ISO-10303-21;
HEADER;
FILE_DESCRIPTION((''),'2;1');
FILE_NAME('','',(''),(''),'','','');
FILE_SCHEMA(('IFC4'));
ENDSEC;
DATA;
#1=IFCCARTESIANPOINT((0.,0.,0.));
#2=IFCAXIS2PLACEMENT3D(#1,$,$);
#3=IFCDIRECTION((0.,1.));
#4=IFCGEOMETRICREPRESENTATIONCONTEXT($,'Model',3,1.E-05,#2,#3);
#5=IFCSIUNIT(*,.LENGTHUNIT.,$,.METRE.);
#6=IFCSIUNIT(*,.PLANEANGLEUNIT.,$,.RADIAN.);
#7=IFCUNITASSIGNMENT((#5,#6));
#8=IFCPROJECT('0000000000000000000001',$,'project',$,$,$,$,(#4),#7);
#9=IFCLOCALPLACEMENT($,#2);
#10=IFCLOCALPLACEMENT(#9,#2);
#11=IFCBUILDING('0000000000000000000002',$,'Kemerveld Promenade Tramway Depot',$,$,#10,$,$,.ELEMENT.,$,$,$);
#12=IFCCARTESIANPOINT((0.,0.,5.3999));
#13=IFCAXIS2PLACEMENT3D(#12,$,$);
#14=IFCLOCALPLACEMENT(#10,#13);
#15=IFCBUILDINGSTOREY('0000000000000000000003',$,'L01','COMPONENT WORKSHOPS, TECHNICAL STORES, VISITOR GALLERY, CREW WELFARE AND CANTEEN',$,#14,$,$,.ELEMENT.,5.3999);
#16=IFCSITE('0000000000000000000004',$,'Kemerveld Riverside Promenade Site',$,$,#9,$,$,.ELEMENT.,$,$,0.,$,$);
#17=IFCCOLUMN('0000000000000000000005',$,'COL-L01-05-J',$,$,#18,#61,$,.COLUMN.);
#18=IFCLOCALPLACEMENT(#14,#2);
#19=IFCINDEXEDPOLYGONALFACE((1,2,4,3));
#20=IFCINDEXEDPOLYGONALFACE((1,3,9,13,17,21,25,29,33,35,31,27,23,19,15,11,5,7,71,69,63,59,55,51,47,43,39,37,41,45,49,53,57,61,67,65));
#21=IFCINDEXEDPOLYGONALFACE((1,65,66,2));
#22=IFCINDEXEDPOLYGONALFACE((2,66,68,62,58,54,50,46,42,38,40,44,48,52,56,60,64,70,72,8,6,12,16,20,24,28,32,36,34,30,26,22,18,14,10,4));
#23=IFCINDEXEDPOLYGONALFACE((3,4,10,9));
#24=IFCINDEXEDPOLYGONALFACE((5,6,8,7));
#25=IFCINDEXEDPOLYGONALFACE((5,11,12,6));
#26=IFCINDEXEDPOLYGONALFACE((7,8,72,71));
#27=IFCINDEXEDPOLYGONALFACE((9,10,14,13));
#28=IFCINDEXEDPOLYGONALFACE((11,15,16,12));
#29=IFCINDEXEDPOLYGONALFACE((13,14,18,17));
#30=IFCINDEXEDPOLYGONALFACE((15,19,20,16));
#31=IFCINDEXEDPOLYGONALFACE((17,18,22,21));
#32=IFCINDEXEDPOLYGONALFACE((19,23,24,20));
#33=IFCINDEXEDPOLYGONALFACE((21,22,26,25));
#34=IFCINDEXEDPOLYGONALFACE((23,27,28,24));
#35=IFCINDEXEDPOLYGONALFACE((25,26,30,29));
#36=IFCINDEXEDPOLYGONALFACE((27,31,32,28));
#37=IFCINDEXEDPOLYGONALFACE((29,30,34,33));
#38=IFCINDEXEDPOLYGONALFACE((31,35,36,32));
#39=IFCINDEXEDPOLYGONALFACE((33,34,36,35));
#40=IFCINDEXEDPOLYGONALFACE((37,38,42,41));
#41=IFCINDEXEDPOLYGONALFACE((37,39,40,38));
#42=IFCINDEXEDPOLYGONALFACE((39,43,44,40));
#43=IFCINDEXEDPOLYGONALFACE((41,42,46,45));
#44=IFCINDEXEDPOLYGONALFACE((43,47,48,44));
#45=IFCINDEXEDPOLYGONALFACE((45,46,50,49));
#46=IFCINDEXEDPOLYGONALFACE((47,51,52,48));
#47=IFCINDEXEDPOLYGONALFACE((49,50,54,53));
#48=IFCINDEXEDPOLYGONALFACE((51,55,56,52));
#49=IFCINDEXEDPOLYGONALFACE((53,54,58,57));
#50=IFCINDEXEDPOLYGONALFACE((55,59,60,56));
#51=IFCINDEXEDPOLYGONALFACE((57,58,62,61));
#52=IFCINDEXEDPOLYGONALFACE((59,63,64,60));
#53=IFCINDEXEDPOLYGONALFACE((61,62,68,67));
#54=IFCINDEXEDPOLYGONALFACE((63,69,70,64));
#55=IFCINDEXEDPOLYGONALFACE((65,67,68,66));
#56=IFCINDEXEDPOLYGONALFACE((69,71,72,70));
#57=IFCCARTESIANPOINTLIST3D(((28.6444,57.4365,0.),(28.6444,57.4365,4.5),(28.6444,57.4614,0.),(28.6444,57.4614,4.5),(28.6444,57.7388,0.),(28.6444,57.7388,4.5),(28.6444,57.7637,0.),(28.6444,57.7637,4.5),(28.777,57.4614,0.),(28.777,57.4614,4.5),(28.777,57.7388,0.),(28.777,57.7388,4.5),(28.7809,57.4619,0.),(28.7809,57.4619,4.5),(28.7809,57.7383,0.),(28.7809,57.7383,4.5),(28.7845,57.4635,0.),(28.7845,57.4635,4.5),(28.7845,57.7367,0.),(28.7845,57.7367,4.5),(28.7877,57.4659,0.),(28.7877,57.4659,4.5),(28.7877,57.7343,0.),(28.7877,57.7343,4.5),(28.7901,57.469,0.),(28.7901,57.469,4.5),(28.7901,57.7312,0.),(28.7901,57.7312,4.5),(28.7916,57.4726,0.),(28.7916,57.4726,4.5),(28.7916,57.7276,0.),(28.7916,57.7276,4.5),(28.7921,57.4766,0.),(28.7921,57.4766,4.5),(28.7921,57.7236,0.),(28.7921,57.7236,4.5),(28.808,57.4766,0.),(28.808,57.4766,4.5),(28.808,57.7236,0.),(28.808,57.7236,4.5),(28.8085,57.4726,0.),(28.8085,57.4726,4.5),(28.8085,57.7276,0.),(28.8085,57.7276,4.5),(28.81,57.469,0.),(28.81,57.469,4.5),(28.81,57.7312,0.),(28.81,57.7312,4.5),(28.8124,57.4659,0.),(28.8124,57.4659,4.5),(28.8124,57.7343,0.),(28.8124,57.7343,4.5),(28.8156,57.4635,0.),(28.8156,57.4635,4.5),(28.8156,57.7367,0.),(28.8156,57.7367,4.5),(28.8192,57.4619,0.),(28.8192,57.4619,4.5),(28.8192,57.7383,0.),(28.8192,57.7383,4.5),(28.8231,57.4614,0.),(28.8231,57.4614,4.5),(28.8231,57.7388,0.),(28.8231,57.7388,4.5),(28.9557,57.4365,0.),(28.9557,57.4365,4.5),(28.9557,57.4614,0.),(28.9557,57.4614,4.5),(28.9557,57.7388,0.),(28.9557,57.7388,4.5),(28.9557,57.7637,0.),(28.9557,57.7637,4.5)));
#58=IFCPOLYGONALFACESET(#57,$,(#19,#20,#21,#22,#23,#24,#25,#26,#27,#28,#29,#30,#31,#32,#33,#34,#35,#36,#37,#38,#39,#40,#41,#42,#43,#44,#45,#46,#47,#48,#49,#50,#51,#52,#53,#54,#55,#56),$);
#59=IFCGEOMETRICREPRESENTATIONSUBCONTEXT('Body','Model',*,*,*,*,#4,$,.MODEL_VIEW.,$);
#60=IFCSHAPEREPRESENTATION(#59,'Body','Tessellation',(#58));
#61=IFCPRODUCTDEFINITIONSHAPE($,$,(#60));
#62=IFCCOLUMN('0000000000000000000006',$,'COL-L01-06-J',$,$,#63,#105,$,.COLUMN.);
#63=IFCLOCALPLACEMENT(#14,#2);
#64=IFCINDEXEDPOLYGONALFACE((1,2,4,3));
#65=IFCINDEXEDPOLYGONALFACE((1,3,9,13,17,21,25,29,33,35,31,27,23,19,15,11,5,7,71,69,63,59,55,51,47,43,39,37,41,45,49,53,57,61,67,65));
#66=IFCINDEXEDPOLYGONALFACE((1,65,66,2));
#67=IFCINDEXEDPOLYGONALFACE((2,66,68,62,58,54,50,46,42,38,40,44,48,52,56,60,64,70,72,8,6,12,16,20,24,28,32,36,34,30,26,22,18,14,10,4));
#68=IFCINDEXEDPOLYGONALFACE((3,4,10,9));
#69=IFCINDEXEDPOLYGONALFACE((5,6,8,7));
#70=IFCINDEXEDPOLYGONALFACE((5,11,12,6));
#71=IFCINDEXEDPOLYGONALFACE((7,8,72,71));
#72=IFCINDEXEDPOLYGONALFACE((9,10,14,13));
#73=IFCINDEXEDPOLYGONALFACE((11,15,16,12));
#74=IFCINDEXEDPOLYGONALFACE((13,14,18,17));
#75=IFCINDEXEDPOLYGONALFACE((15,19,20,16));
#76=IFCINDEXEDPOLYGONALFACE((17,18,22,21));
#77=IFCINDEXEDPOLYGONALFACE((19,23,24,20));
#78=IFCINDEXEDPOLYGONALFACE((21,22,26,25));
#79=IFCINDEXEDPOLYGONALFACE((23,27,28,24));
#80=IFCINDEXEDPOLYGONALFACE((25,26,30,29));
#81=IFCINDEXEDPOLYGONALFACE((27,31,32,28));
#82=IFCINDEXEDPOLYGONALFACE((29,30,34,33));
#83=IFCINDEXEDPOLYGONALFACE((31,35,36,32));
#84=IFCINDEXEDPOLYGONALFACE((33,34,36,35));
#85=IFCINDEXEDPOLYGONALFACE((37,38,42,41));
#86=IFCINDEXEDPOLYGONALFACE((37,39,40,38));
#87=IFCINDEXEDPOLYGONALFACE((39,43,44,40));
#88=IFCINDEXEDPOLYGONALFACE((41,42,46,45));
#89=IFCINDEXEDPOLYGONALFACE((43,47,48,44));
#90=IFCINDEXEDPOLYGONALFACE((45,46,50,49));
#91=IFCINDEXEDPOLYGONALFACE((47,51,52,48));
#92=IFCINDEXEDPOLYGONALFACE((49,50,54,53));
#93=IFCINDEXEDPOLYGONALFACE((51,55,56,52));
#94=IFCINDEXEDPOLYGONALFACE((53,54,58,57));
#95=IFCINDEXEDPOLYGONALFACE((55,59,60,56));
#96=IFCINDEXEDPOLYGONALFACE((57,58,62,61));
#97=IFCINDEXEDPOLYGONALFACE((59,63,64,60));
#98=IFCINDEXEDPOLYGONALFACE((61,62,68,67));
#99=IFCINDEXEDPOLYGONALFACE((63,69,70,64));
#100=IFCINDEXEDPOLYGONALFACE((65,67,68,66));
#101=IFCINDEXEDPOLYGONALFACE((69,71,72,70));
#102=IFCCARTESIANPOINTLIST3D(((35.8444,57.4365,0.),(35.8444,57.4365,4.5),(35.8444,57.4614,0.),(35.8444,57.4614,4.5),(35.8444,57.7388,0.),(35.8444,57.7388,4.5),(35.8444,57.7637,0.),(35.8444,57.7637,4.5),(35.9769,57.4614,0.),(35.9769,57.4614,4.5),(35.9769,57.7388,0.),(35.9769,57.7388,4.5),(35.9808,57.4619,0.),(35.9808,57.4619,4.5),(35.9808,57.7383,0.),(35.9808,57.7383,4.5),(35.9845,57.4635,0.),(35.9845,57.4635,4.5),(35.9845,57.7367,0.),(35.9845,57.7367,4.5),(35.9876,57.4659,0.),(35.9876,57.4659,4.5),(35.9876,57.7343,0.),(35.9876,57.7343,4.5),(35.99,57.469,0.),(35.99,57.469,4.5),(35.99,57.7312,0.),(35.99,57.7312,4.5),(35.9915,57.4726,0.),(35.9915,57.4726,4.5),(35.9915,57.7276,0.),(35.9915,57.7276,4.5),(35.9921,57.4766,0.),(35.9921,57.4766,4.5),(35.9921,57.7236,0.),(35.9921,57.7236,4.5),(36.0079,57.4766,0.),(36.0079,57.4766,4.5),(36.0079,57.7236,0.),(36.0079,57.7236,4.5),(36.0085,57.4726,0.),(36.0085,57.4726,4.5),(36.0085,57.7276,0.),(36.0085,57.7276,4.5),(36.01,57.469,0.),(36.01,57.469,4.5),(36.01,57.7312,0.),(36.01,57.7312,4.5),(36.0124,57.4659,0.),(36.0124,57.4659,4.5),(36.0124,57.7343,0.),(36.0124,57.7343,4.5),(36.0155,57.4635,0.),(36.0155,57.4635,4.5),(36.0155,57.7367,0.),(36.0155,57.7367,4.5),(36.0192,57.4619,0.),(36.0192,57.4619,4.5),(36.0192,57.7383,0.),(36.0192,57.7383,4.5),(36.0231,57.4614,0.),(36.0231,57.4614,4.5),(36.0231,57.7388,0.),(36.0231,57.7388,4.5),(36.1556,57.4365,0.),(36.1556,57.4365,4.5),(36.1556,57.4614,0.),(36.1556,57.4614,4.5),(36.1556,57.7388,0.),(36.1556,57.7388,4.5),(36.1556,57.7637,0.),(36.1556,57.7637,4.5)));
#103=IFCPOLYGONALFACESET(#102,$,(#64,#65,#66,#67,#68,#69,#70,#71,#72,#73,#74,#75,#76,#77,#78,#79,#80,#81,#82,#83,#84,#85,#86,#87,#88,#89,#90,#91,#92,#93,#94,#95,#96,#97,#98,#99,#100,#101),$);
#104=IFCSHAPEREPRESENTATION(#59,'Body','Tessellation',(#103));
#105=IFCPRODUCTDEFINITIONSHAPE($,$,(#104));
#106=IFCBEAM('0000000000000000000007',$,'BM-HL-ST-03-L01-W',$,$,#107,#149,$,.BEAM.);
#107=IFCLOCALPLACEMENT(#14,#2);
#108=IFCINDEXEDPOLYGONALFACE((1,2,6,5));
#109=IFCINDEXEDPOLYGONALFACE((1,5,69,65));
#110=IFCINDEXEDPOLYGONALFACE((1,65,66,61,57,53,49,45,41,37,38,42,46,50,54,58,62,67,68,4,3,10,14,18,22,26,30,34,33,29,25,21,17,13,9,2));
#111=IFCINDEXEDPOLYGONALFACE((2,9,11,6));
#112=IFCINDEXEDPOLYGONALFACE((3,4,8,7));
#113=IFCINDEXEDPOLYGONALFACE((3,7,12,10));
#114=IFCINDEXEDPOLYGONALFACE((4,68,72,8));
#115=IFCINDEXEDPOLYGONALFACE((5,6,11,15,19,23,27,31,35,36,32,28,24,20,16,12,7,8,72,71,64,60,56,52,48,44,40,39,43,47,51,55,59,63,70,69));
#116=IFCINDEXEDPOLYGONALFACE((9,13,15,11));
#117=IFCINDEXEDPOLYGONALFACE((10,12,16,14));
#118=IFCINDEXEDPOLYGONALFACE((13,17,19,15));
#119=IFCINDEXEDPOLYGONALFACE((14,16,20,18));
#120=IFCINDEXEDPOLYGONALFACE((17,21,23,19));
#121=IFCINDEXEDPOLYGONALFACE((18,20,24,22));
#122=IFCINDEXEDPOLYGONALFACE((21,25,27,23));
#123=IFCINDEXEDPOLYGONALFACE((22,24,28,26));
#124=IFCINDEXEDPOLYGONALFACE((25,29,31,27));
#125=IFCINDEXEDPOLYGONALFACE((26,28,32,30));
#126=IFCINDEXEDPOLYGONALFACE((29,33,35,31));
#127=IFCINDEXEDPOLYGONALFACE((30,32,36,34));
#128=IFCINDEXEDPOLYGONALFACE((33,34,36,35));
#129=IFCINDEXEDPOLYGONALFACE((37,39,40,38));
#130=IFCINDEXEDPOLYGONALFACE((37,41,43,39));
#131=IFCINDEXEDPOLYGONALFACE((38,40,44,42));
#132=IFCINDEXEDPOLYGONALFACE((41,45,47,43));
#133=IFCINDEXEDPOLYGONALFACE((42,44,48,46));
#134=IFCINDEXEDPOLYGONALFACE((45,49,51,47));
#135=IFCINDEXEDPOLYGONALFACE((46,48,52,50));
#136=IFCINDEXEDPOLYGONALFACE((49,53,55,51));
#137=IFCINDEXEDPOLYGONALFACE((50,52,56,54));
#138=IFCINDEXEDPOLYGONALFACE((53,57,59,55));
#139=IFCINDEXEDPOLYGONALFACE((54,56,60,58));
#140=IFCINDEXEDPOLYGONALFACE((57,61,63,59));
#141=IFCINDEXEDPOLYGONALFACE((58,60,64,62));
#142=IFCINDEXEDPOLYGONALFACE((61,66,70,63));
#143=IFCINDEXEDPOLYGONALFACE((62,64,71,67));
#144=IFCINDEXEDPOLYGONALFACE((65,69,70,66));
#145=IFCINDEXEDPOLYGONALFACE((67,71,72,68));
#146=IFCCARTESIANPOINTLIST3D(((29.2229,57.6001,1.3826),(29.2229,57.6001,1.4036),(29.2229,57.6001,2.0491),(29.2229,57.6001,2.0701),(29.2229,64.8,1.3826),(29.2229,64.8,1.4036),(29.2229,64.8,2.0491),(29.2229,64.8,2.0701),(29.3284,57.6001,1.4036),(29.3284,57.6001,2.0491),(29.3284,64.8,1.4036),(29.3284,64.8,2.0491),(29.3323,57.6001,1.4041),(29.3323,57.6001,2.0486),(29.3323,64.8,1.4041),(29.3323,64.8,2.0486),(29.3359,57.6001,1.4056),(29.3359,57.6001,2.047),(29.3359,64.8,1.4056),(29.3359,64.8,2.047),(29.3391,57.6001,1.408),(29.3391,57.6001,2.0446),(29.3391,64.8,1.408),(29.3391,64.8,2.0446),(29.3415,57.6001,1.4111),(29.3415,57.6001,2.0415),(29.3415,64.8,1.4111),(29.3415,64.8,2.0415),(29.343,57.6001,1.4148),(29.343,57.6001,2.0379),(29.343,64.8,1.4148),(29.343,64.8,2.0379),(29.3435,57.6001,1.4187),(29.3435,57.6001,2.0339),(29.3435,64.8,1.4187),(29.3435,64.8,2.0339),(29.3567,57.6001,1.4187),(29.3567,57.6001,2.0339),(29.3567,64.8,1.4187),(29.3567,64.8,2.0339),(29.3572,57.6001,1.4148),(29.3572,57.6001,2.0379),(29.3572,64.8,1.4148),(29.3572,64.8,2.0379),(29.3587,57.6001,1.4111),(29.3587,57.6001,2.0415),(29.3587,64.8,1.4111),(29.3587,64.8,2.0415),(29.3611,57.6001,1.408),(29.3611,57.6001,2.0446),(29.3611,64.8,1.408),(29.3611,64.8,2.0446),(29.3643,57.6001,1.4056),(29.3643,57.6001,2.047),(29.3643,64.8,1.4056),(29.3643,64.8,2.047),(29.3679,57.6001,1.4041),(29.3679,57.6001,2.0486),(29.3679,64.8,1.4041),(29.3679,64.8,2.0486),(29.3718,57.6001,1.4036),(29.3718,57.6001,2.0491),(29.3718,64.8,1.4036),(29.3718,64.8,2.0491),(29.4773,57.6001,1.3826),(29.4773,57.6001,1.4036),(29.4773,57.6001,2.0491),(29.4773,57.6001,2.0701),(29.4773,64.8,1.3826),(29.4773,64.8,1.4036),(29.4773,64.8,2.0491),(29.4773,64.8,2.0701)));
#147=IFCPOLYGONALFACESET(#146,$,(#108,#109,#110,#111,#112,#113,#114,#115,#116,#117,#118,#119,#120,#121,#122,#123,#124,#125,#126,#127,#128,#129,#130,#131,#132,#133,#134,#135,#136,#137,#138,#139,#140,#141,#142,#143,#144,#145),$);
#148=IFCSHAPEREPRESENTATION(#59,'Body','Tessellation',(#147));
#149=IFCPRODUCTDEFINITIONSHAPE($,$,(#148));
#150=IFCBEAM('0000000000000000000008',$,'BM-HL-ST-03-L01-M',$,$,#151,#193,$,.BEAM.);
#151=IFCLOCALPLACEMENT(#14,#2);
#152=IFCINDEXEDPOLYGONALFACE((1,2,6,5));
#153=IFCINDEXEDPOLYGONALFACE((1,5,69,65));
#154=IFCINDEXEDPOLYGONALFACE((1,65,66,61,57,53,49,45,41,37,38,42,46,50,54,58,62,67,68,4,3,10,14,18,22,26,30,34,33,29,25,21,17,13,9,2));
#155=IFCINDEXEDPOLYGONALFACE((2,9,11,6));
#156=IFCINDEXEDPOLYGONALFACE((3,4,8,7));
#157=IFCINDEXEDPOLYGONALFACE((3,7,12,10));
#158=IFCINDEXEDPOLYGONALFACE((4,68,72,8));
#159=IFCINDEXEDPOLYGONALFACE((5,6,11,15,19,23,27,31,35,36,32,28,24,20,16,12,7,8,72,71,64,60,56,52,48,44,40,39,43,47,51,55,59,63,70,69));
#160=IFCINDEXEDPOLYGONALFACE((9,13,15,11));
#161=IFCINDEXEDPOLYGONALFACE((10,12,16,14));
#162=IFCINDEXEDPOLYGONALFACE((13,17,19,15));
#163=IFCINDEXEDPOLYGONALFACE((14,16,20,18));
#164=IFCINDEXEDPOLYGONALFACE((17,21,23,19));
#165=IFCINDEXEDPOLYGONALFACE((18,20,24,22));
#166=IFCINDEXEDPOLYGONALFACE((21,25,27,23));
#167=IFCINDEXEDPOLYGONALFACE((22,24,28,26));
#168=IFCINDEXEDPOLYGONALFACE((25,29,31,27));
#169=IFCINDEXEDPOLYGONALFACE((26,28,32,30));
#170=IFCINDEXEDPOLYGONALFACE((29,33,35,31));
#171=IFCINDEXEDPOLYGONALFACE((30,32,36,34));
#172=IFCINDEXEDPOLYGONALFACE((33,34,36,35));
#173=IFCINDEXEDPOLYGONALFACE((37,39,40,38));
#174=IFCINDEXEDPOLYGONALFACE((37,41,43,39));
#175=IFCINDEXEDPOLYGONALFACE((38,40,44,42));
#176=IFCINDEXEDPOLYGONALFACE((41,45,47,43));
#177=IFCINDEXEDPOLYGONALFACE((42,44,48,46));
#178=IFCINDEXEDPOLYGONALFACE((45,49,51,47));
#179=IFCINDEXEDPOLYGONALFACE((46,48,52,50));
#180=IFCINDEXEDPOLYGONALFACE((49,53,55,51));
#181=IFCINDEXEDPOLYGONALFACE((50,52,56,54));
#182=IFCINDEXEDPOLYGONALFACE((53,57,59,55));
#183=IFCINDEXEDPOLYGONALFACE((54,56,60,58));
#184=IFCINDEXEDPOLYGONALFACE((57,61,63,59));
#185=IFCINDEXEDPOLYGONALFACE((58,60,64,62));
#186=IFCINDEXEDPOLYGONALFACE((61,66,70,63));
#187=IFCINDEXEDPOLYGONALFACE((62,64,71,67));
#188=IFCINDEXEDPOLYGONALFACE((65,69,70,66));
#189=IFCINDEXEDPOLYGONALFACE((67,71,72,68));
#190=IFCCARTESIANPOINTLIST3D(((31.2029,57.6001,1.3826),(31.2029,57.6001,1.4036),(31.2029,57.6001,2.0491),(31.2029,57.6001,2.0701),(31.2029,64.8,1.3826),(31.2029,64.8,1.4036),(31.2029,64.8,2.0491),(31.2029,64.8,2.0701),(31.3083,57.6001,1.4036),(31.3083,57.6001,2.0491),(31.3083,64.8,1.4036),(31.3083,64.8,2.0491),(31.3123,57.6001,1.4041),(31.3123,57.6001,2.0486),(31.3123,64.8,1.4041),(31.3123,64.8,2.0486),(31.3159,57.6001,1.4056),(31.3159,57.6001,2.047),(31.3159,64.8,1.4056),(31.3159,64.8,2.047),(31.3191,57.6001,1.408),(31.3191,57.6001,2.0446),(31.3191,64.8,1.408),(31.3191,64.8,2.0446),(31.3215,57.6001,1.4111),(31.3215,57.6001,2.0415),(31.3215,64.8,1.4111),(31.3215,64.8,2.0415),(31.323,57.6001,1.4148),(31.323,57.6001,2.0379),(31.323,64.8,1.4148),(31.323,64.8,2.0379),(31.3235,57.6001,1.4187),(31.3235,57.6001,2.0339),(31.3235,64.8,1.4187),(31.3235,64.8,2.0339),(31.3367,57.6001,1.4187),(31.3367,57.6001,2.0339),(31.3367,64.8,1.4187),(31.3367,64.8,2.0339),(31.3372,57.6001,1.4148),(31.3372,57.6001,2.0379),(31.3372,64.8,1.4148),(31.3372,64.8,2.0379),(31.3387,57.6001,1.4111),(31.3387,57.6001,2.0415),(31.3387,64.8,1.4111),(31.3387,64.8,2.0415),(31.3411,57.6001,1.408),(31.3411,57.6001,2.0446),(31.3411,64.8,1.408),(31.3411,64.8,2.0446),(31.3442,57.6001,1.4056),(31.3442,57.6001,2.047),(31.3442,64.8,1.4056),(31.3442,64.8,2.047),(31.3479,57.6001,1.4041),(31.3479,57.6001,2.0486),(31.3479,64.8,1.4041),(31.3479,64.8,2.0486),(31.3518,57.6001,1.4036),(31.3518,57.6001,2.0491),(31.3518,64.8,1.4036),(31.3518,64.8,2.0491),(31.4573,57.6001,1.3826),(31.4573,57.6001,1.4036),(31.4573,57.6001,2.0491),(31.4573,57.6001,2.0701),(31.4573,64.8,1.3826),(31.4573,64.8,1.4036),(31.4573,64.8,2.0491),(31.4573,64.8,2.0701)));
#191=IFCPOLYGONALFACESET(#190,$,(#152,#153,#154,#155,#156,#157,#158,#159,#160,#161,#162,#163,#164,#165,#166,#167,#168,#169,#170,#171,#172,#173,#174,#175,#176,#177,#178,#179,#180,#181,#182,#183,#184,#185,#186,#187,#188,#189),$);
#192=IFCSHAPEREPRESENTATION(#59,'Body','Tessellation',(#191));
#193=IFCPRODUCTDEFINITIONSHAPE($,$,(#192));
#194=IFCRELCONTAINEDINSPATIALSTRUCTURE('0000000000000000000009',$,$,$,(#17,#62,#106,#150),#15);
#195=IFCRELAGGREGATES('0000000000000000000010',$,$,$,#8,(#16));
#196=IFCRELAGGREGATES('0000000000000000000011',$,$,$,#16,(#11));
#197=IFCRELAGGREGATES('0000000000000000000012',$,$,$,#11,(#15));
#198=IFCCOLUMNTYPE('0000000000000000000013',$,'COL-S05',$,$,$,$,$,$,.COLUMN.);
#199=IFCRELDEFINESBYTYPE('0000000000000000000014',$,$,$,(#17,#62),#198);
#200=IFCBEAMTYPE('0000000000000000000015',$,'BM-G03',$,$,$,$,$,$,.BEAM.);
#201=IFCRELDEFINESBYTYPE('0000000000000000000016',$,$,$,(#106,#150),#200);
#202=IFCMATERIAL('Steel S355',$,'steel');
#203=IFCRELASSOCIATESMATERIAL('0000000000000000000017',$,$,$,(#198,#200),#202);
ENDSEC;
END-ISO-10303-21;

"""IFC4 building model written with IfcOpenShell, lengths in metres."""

from ifc_helpers import new_model, si_unit, direction, frame, origin, origin_2d, place, context, subcontext, project, spatial, i_section, extrude, material, material_profile, profile_set, type_object, element, save


model = new_model("IFC4")

# Units and contexts
model_context = context("Model", 3, precision=1e-05, world=origin(), true_north=direction((0.0, 1.0)))
body_context = subcontext(model_context, "Body", "Model", "MODEL_VIEW")
ifc_project = project(units=[si_unit("LENGTHUNIT", "METRE"), si_unit("PLANEANGLEUNIT", "RADIAN")], contexts=[model_context])

# Site, building, storey
site_placement = place(None, origin())
site = spatial("IfcSite", under=ifc_project, at=site_placement, Name="Kemerveld Riverside Promenade Site", CompositionType="ELEMENT", RefElevation=0.0)
building_placement = place(site_placement, origin())
building = spatial("IfcBuilding", under=site, at=building_placement, Name="Kemerveld Promenade Tramway Depot", CompositionType="ELEMENT")
storey_placement = place(building_placement, frame((0.0, 0.0, 5.3999)))
storey = spatial("IfcBuildingStorey", under=building, at=storey_placement, Name="L01", Description="COMPONENT WORKSHOPS, TECHNICAL STORES, VISITOR GALLERY, CREW WELFARE AND CANTEEN", CompositionType="ELEMENT", Elevation=5.3999)

# Columns
ifc_material_1 = material(Name="Steel S355", Category="steel")
ifc_material_profile_1 = material_profile(ifc_material_1, i_section(OverallWidth=0.3113, OverallDepth=0.3271, WebThickness=0.0159, FlangeThickness=0.0249, FilletRadius=0.0151, at=origin_2d()), Name="305x305x158 UC")
ifc_profile_set_1 = profile_set([ifc_material_profile_1], Name="Steel S355")
column_type = type_object("IfcColumnType", Name="COL-S05", PredefinedType="COLUMN", material=ifc_profile_set_1)
for number, where, z_axis, x_axis, name in (
    (1, (28.8, 57.6001, 0.0), (0.0, 0.0, 1.0), (1.0, 0.0, 0.0), "COL-L01-05-J"),
    (2, (36.0, 57.6001, 0.0), (0.0, 0.0, 1.0), (1.0, 0.0, 0.0), "COL-L01-06-J"),
):
    element("IfcColumn", number, at=place(storey_placement, frame(where, z_axis=z_axis, x_axis=x_axis)), inside=storey, type_object=column_type, Name=name, PredefinedType="COLUMN", context=body_context, shape_type="SweptSolid", body=[
        extrude(i_section(OverallWidth=0.3113, OverallDepth=0.3271, WebThickness=0.0159, FlangeThickness=0.0249, FilletRadius=0.0151, at=origin_2d()), origin(), (0.0, 0.0, 1.0), 4.5),
    ])

# Beams
ifc_material_profile_2 = material_profile(ifc_material_1, i_section(OverallWidth=0.2544, OverallDepth=0.6875, WebThickness=0.0132, FlangeThickness=0.021, FilletRadius=0.0151, at=origin_2d()), Name="686x254x152 UB")
ifc_profile_set_2 = profile_set([ifc_material_profile_2], Name="Steel S355")
beam_type_1 = type_object("IfcBeamType", Name="BM-G03", PredefinedType="BEAM", material=ifc_profile_set_2)
for number, where, z_axis, x_axis, name in (
    (3, (29.3501, 57.6001, 1.7263), (0.0, 1.0, 0.0), (-1.0, 0.0, 0.0), "BM-HL-ST-03-L01-W"),
    (4, (31.3301, 57.6001, 1.7263), (0.0, 1.0, 0.0), (-1.0, 0.0, 0.0), "BM-HL-ST-03-L01-M"),
):
    element("IfcBeam", number, at=place(storey_placement, frame(where, z_axis=z_axis, x_axis=x_axis)), inside=storey, type_object=beam_type_1, Name=name, PredefinedType="BEAM", context=body_context, shape_type="SweptSolid", body=[
        extrude(i_section(OverallWidth=0.2544, OverallDepth=0.6875, WebThickness=0.0132, FlangeThickness=0.021, FilletRadius=0.0151, at=origin_2d()), origin(), (0.0, 0.0, 1.0), 7.2),
    ])

save(model, "model.ifc")
